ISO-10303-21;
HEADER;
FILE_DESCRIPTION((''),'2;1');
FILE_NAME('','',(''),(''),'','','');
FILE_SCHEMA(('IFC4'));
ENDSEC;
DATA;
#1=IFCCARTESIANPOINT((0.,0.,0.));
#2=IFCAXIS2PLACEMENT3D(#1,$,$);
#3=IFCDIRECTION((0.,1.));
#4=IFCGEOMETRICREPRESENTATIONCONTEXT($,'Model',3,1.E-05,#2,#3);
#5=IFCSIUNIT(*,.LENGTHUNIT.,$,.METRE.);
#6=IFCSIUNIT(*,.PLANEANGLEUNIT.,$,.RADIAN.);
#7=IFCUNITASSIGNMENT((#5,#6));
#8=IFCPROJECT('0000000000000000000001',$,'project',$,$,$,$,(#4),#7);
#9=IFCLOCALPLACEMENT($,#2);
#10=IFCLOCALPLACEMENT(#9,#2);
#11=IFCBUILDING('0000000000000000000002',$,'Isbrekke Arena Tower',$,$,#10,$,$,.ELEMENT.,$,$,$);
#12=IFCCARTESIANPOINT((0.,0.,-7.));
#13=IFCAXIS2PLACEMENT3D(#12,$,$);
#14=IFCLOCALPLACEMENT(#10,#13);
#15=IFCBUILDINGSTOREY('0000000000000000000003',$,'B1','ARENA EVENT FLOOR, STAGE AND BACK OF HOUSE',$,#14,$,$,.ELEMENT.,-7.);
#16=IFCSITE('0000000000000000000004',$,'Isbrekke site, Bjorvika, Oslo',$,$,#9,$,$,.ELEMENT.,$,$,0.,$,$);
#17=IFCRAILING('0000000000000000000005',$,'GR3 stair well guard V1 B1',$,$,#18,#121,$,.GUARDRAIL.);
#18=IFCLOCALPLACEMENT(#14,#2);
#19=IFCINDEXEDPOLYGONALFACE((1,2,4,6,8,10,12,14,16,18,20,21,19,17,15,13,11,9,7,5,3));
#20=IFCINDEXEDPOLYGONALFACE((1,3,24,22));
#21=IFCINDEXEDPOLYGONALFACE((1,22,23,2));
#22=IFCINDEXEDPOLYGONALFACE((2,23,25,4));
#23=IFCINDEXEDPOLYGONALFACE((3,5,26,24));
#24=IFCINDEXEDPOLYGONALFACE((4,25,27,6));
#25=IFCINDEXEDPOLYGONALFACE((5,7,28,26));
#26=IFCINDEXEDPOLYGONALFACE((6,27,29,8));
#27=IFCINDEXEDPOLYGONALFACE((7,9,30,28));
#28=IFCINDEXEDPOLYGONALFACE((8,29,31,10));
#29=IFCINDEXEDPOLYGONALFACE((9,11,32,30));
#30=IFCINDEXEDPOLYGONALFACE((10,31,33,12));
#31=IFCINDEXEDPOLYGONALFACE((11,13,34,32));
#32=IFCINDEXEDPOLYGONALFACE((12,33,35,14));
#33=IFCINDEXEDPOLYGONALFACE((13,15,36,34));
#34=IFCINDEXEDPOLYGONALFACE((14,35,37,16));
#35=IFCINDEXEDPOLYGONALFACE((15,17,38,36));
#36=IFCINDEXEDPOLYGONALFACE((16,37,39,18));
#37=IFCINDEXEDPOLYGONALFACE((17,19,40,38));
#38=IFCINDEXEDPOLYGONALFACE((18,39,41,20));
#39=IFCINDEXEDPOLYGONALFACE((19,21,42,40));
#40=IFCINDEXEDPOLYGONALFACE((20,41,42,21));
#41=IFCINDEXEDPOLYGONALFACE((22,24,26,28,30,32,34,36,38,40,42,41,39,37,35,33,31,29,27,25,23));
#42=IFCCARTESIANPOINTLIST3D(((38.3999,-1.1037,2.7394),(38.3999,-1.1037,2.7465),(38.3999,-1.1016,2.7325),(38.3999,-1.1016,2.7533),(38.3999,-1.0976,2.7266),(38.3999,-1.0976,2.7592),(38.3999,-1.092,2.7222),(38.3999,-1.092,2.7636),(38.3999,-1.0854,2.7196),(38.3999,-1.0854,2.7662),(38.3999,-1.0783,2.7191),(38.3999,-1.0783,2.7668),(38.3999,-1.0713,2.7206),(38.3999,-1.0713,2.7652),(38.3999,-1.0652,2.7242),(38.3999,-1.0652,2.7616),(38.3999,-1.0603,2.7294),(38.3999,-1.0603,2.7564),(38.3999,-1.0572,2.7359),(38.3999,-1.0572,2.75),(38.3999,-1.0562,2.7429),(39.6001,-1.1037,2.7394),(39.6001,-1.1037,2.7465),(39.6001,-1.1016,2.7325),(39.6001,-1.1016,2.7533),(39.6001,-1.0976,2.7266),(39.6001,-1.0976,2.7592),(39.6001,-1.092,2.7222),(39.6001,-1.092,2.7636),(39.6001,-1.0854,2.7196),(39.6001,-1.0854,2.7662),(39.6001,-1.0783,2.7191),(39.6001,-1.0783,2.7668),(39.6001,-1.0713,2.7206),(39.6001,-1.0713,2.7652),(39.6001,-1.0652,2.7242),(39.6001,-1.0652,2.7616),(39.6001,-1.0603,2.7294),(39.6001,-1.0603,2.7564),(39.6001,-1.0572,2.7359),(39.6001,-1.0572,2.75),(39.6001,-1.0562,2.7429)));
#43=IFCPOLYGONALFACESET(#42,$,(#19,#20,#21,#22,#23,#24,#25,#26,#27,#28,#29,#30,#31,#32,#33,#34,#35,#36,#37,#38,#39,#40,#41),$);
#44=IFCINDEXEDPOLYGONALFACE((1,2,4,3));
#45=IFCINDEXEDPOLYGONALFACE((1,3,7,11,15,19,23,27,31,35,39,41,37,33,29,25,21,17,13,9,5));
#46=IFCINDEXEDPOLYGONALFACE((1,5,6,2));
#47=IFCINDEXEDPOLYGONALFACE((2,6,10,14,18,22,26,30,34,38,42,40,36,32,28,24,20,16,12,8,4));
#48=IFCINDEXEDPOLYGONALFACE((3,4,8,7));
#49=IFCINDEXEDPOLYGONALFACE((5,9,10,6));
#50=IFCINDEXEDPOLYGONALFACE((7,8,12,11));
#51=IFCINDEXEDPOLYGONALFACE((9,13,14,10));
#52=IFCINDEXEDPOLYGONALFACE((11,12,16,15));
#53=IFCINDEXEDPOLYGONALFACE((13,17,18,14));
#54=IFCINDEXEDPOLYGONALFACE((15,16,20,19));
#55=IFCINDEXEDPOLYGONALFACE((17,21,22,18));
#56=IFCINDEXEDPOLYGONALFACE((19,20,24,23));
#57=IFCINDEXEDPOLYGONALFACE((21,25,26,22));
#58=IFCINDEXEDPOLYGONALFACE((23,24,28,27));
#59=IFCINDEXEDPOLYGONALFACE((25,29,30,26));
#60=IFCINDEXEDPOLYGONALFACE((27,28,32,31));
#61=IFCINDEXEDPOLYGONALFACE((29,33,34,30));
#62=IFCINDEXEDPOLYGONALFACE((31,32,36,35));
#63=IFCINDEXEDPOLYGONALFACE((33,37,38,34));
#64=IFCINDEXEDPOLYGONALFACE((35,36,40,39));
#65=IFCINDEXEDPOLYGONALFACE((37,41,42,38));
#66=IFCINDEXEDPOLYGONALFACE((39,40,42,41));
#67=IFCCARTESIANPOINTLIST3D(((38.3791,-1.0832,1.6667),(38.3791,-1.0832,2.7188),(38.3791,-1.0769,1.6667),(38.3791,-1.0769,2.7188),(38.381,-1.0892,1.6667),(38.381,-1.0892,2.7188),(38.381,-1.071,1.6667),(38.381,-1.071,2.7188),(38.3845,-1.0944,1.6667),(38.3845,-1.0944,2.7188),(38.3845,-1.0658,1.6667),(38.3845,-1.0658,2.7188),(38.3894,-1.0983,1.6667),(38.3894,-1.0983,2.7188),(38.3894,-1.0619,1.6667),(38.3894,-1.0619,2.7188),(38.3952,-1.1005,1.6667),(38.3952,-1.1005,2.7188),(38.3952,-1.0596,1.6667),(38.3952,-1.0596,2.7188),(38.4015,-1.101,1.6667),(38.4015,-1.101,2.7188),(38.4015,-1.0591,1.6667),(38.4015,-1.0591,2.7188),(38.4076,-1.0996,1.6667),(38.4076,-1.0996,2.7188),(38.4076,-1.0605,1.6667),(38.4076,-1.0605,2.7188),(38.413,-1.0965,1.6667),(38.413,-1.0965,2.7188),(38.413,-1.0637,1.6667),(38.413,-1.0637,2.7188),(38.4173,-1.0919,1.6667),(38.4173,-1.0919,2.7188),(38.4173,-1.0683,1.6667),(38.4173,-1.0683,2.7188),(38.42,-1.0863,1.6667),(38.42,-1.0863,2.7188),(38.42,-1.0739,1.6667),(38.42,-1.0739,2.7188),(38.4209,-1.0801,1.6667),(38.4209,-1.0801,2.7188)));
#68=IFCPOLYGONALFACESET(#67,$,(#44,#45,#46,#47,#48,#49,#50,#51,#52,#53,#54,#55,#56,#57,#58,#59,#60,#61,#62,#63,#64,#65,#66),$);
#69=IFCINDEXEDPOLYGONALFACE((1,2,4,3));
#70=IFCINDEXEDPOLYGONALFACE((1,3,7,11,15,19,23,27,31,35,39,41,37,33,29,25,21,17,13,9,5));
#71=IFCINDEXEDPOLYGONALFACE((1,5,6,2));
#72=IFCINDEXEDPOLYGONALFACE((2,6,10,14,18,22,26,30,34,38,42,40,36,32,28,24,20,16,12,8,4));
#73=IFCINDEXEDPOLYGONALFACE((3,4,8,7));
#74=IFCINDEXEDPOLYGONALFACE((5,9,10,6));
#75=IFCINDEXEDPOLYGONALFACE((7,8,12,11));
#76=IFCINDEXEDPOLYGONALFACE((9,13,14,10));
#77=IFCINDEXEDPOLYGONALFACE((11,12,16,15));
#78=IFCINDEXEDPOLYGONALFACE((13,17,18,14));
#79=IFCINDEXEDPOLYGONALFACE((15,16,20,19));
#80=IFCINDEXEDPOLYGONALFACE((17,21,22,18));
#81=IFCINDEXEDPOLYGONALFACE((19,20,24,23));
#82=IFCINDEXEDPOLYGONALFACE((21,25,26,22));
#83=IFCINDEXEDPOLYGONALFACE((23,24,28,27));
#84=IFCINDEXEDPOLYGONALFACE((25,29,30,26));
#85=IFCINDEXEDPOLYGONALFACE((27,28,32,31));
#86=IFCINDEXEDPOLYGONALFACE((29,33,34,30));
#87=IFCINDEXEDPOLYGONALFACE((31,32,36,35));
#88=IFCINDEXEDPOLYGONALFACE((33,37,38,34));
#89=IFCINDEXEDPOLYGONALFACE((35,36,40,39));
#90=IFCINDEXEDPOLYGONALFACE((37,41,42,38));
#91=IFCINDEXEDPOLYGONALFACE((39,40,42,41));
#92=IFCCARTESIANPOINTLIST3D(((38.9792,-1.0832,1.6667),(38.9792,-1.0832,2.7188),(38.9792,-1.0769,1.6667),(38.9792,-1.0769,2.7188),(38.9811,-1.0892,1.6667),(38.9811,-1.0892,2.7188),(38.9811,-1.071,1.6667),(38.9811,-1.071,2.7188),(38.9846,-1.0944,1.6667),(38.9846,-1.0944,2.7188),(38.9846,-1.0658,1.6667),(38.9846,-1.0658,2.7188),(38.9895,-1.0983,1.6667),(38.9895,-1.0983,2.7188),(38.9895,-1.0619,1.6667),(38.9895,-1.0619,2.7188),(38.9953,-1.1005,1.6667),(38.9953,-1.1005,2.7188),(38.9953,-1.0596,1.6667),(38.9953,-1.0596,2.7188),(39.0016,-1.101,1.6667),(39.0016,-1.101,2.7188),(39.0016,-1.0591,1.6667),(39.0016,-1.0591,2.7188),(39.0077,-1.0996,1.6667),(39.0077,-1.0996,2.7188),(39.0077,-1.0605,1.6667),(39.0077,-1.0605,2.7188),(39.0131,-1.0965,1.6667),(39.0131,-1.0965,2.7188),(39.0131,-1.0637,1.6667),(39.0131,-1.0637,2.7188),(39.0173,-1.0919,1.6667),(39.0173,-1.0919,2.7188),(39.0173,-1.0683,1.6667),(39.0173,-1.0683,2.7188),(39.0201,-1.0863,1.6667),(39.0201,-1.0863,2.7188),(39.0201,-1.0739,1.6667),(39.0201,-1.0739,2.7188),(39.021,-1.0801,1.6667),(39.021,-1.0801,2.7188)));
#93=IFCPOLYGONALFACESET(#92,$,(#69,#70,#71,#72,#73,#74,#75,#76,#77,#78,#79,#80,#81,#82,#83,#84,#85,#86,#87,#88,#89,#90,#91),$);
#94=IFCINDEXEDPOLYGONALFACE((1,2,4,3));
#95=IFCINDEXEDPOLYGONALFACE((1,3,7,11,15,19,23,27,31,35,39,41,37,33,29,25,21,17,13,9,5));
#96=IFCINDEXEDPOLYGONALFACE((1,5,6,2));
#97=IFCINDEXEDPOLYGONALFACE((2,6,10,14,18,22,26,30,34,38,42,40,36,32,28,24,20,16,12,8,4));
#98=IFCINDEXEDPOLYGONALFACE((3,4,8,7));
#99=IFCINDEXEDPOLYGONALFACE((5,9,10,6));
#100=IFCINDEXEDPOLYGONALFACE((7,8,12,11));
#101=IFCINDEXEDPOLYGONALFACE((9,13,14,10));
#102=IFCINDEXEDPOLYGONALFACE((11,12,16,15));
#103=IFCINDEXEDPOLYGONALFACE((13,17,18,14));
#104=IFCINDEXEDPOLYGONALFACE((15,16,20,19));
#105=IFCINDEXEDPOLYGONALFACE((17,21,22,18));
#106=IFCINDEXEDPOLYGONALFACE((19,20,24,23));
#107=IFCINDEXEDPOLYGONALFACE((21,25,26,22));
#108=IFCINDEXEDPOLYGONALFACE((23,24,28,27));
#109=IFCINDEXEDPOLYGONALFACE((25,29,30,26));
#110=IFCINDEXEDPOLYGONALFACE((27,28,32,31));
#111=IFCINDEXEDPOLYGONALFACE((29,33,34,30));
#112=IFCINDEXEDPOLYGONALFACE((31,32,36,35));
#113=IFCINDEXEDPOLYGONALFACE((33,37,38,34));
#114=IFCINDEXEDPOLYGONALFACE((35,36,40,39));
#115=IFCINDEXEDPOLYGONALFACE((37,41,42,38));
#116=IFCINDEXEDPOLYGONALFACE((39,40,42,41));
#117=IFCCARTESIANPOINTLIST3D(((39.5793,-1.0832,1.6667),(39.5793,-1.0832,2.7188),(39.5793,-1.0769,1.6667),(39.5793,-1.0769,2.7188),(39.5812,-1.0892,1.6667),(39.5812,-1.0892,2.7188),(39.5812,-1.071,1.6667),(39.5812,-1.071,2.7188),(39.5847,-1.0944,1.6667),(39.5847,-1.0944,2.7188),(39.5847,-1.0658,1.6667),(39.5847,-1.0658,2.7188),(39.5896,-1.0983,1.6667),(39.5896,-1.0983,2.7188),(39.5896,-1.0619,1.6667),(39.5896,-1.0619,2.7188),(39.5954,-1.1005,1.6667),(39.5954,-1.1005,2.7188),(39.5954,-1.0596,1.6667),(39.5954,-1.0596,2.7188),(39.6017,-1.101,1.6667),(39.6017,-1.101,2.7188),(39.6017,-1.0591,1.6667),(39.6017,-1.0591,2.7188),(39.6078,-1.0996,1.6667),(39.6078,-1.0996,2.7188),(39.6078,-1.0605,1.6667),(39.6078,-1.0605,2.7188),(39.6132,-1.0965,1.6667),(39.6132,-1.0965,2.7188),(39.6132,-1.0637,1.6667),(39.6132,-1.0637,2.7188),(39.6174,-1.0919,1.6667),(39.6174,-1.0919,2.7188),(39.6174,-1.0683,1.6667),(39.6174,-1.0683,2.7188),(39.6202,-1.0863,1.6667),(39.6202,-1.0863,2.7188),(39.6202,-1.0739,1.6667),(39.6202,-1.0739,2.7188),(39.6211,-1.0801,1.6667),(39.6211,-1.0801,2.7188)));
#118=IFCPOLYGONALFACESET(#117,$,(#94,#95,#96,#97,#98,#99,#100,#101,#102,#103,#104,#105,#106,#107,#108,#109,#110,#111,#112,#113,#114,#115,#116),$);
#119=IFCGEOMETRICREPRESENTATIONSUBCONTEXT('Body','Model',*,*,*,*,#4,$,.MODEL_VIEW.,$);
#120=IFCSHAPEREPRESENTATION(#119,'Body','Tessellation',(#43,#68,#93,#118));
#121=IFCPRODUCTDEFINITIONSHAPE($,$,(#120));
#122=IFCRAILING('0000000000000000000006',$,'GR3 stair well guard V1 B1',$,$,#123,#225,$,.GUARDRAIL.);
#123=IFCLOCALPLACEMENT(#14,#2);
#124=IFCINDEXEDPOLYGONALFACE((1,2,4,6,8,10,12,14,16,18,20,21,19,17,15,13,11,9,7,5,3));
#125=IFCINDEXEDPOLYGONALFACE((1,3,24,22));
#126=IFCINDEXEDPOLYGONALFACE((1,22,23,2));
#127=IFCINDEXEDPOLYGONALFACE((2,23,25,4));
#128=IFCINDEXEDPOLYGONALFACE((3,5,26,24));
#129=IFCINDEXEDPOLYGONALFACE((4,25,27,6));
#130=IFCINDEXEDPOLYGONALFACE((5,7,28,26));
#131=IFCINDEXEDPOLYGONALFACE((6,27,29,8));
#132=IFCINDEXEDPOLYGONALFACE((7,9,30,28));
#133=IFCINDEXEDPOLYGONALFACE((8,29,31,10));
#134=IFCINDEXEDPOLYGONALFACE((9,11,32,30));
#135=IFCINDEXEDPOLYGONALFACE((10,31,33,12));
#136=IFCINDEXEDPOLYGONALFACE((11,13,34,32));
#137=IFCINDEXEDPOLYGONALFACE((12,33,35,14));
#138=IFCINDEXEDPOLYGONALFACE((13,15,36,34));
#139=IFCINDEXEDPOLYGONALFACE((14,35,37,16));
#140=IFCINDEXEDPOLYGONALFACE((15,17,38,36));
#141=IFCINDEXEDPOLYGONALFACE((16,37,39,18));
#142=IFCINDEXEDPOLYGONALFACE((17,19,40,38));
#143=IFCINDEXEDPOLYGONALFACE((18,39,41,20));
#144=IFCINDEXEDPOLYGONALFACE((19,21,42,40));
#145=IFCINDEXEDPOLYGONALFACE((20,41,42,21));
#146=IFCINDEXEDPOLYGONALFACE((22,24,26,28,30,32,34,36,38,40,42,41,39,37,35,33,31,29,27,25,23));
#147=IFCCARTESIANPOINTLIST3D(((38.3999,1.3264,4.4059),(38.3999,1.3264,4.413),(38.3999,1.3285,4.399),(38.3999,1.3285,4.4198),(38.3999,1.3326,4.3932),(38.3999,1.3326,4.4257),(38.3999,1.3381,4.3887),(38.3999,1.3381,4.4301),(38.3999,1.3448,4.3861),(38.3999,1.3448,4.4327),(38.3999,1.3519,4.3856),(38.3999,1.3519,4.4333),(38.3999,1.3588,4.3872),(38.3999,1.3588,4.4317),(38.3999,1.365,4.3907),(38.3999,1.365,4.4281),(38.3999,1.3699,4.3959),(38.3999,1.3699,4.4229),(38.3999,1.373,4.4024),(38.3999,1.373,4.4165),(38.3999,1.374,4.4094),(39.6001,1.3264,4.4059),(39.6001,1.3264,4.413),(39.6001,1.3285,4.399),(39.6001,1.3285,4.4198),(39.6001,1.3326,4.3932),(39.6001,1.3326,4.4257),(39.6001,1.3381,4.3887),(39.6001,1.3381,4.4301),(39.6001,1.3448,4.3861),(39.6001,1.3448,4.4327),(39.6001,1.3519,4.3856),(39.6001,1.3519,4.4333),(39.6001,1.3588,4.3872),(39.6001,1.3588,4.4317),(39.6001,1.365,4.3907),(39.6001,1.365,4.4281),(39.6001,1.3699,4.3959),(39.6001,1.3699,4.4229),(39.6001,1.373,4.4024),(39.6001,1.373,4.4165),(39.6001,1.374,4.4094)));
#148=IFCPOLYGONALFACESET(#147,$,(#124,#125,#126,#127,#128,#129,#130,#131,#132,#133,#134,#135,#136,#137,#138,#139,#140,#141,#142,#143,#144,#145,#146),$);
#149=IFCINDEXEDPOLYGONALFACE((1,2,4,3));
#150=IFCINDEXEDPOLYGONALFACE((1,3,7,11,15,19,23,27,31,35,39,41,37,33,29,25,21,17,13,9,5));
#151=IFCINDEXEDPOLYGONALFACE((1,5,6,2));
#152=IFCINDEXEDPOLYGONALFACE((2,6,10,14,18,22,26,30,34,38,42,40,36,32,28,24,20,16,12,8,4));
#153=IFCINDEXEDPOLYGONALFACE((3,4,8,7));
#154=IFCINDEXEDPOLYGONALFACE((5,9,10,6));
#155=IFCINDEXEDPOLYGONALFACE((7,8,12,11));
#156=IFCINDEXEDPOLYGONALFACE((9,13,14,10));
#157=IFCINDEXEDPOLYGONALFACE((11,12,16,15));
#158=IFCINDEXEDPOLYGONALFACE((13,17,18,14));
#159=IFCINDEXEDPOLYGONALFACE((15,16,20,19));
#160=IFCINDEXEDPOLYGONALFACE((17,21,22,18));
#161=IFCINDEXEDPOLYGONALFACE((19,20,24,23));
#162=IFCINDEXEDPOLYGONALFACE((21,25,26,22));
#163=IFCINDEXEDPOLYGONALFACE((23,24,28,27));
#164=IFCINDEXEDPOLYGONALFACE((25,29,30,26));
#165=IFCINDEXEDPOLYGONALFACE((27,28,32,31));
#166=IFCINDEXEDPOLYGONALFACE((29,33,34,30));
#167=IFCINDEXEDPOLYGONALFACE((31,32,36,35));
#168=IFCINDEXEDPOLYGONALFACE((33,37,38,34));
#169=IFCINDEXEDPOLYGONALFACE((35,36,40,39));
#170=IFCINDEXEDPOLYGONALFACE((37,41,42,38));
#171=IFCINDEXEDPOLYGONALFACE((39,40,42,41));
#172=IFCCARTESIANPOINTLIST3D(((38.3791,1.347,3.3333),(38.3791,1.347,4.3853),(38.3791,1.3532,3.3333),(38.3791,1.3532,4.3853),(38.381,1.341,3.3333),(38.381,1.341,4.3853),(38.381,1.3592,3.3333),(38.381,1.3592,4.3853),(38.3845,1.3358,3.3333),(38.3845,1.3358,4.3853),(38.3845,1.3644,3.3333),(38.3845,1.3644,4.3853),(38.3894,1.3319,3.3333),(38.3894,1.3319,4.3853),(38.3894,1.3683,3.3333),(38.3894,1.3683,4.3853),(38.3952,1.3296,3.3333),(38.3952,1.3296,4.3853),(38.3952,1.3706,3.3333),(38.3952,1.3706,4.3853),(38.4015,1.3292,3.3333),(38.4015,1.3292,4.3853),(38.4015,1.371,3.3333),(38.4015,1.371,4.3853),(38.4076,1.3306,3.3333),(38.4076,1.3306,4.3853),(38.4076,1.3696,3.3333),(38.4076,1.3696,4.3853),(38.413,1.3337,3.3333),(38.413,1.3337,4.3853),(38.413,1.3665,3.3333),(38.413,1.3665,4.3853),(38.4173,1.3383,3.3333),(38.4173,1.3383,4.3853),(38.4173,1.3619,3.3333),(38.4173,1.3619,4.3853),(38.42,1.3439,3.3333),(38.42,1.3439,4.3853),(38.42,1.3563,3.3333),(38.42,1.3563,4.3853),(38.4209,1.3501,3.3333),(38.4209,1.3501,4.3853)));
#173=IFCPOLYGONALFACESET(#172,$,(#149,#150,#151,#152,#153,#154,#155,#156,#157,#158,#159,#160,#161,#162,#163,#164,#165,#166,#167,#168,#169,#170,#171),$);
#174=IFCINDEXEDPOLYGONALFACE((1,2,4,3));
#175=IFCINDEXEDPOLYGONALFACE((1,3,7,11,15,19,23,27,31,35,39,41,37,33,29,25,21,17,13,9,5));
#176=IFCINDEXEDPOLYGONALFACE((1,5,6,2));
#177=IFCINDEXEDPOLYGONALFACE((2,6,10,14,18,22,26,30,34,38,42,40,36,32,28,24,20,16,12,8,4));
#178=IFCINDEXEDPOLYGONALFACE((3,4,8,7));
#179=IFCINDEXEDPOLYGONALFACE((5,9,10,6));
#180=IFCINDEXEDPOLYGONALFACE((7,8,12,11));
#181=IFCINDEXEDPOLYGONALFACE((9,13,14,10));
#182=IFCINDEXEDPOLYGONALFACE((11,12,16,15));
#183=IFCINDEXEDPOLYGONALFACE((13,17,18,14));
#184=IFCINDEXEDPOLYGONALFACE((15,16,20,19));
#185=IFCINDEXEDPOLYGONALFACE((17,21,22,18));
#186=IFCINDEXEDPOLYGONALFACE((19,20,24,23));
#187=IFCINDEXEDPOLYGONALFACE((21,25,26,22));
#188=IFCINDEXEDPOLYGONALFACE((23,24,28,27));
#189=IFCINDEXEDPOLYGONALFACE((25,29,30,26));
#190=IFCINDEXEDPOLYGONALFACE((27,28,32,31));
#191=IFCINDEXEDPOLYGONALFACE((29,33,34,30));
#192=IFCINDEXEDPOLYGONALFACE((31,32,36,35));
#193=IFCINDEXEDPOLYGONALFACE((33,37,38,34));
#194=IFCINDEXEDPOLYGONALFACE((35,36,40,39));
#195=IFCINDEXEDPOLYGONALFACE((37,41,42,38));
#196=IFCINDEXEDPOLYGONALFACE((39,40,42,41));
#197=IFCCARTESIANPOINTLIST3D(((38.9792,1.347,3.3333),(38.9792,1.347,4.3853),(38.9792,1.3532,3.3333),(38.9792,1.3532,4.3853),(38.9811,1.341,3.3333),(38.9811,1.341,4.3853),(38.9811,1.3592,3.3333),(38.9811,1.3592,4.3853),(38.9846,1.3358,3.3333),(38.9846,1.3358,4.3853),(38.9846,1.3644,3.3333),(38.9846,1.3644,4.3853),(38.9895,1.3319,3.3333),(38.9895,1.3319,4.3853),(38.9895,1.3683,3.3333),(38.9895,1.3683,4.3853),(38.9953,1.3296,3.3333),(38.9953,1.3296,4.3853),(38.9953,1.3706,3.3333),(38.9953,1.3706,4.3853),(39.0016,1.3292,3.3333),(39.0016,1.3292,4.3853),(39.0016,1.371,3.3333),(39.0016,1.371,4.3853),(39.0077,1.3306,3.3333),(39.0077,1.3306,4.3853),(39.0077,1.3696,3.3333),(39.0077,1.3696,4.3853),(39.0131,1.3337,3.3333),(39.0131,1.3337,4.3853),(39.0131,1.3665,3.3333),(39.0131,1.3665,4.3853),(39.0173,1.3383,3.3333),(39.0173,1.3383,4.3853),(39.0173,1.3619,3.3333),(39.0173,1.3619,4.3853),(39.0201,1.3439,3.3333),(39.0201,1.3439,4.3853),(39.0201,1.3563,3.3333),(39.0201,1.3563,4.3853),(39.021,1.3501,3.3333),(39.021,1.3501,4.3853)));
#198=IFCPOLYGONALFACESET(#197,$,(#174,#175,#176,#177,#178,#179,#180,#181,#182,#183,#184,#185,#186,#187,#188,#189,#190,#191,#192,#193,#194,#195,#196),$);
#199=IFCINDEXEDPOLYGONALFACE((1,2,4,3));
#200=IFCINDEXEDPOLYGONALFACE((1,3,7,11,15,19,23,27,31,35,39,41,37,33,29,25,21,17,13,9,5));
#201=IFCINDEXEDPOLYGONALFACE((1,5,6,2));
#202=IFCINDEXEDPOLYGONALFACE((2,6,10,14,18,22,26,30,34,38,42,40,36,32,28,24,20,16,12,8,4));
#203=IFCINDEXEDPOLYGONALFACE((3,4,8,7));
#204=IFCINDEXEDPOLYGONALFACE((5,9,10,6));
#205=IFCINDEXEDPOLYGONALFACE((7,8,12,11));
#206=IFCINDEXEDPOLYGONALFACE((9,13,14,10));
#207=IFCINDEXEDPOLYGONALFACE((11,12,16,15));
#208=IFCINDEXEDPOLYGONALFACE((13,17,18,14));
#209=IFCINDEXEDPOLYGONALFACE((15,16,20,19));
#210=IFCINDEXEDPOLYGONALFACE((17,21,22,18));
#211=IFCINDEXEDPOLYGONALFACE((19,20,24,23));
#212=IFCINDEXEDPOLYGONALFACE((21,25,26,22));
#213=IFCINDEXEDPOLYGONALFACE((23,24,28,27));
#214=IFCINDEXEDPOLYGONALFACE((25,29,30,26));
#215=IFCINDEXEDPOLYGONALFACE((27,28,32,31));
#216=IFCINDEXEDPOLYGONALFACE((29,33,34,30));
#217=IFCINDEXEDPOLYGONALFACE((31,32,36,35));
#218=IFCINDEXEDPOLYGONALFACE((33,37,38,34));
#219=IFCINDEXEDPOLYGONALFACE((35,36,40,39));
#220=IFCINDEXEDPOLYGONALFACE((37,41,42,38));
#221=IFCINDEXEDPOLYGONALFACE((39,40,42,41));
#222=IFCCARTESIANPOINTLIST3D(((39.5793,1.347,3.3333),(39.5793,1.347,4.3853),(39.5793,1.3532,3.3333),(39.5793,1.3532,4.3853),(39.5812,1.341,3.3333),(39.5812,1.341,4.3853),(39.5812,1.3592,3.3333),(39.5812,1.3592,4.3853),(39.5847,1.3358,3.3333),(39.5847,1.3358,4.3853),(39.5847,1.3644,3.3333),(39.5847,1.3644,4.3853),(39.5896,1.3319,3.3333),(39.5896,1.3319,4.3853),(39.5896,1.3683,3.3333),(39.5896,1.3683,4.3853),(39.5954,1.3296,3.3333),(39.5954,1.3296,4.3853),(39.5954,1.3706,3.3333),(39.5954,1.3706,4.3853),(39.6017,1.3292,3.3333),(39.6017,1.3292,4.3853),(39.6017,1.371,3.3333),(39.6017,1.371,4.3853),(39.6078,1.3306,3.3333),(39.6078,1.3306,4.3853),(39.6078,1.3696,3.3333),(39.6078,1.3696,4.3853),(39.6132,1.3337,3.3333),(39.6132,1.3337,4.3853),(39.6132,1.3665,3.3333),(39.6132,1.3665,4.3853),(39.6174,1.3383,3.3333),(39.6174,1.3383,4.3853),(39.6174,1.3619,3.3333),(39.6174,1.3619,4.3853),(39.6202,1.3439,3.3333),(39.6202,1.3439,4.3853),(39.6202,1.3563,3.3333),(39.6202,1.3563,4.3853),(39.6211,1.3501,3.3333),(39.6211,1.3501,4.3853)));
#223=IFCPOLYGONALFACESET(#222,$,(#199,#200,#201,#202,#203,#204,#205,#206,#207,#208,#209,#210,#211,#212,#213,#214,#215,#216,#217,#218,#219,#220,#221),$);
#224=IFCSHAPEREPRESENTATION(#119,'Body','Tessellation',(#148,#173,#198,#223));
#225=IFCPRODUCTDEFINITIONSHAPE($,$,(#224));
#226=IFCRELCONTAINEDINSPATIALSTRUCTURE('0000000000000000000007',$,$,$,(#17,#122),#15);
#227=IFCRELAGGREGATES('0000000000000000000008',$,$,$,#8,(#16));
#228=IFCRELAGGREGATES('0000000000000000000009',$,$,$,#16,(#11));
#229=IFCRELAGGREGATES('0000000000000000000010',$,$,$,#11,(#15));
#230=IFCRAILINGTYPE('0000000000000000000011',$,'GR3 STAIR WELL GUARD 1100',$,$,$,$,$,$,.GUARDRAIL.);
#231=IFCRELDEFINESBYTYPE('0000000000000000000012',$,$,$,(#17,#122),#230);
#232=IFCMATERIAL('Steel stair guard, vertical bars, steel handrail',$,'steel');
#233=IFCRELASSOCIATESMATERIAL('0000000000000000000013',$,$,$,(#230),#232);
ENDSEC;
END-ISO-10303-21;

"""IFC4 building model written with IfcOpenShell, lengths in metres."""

from ifc_helpers import new_model, si_unit, direction, frame, origin, origin_2d, place, context, subcontext, project, spatial, circle, extrude, material, type_object, element, save


model = new_model("IFC4")

# Units and contexts
model_context = context("Model", 3, precision=1e-05, world=origin(), true_north=direction((0.0, 1.0)))
body_context = subcontext(model_context, "Body", "Model", "MODEL_VIEW")
ifc_project = project(units=[si_unit("LENGTHUNIT", "METRE"), si_unit("PLANEANGLEUNIT", "RADIAN")], contexts=[model_context])

# Site, building, storey
site_placement = place(None, origin())
site = spatial("IfcSite", under=ifc_project, at=site_placement, Name="Isbrekke site, Bjorvika, Oslo", CompositionType="ELEMENT", RefElevation=0.0)
building_placement = place(site_placement, origin())
building = spatial("IfcBuilding", under=site, at=building_placement, Name="Isbrekke Arena Tower", CompositionType="ELEMENT")
storey_placement = place(building_placement, frame((0.0, 0.0, -7.0)))
storey = spatial("IfcBuildingStorey", under=building, at=storey_placement, Name="B1", Description="ARENA EVENT FLOOR, STAGE AND BACK OF HOUSE", CompositionType="ELEMENT", Elevation=-7.0)

# Railings
ifc_material_1 = material(Name="Steel stair guard, vertical bars, steel handrail", Category="steel")
railing_type = type_object("IfcRailingType", Name="GR3 STAIR WELL GUARD 1100", PredefinedType="GUARDRAIL", material=ifc_material_1)
for number, where, name in (
    (1, (38.3999, -1.0801, 1.6667), "GR3 stair well guard V1 B1"),
    (2, (38.3999, 1.3501, 3.3333), "GR3 stair well guard V1 B1"),
):
    element("IfcRailing", number, at=place(storey_placement, frame(where)), inside=storey, type_object=railing_type, Name=name, PredefinedType="GUARDRAIL", context=body_context, shape_type="SweptSolid", body=[
        extrude(circle(Radius=0.0239, at=origin_2d()), frame((0.0, 0.0, 1.0762), z_axis=(1.0, 0.0, 0.0), x_axis=(0.0, 1.0, 0.0)), (0.0, 0.0, 1.0), 1.2002),
        extrude(circle(Radius=0.021, at=origin_2d()), origin(), (0.0, 0.0, 1.0), 1.052),
        extrude(circle(Radius=0.021, at=origin_2d()), frame((0.6001, 0.0, 0.0)), (0.0, 0.0, 1.0), 1.052),
        extrude(circle(Radius=0.021, at=origin_2d()), frame((1.2002, 0.0, 0.0)), (0.0, 0.0, 1.0), 1.052),
    ])

save(model, "model.ifc")
